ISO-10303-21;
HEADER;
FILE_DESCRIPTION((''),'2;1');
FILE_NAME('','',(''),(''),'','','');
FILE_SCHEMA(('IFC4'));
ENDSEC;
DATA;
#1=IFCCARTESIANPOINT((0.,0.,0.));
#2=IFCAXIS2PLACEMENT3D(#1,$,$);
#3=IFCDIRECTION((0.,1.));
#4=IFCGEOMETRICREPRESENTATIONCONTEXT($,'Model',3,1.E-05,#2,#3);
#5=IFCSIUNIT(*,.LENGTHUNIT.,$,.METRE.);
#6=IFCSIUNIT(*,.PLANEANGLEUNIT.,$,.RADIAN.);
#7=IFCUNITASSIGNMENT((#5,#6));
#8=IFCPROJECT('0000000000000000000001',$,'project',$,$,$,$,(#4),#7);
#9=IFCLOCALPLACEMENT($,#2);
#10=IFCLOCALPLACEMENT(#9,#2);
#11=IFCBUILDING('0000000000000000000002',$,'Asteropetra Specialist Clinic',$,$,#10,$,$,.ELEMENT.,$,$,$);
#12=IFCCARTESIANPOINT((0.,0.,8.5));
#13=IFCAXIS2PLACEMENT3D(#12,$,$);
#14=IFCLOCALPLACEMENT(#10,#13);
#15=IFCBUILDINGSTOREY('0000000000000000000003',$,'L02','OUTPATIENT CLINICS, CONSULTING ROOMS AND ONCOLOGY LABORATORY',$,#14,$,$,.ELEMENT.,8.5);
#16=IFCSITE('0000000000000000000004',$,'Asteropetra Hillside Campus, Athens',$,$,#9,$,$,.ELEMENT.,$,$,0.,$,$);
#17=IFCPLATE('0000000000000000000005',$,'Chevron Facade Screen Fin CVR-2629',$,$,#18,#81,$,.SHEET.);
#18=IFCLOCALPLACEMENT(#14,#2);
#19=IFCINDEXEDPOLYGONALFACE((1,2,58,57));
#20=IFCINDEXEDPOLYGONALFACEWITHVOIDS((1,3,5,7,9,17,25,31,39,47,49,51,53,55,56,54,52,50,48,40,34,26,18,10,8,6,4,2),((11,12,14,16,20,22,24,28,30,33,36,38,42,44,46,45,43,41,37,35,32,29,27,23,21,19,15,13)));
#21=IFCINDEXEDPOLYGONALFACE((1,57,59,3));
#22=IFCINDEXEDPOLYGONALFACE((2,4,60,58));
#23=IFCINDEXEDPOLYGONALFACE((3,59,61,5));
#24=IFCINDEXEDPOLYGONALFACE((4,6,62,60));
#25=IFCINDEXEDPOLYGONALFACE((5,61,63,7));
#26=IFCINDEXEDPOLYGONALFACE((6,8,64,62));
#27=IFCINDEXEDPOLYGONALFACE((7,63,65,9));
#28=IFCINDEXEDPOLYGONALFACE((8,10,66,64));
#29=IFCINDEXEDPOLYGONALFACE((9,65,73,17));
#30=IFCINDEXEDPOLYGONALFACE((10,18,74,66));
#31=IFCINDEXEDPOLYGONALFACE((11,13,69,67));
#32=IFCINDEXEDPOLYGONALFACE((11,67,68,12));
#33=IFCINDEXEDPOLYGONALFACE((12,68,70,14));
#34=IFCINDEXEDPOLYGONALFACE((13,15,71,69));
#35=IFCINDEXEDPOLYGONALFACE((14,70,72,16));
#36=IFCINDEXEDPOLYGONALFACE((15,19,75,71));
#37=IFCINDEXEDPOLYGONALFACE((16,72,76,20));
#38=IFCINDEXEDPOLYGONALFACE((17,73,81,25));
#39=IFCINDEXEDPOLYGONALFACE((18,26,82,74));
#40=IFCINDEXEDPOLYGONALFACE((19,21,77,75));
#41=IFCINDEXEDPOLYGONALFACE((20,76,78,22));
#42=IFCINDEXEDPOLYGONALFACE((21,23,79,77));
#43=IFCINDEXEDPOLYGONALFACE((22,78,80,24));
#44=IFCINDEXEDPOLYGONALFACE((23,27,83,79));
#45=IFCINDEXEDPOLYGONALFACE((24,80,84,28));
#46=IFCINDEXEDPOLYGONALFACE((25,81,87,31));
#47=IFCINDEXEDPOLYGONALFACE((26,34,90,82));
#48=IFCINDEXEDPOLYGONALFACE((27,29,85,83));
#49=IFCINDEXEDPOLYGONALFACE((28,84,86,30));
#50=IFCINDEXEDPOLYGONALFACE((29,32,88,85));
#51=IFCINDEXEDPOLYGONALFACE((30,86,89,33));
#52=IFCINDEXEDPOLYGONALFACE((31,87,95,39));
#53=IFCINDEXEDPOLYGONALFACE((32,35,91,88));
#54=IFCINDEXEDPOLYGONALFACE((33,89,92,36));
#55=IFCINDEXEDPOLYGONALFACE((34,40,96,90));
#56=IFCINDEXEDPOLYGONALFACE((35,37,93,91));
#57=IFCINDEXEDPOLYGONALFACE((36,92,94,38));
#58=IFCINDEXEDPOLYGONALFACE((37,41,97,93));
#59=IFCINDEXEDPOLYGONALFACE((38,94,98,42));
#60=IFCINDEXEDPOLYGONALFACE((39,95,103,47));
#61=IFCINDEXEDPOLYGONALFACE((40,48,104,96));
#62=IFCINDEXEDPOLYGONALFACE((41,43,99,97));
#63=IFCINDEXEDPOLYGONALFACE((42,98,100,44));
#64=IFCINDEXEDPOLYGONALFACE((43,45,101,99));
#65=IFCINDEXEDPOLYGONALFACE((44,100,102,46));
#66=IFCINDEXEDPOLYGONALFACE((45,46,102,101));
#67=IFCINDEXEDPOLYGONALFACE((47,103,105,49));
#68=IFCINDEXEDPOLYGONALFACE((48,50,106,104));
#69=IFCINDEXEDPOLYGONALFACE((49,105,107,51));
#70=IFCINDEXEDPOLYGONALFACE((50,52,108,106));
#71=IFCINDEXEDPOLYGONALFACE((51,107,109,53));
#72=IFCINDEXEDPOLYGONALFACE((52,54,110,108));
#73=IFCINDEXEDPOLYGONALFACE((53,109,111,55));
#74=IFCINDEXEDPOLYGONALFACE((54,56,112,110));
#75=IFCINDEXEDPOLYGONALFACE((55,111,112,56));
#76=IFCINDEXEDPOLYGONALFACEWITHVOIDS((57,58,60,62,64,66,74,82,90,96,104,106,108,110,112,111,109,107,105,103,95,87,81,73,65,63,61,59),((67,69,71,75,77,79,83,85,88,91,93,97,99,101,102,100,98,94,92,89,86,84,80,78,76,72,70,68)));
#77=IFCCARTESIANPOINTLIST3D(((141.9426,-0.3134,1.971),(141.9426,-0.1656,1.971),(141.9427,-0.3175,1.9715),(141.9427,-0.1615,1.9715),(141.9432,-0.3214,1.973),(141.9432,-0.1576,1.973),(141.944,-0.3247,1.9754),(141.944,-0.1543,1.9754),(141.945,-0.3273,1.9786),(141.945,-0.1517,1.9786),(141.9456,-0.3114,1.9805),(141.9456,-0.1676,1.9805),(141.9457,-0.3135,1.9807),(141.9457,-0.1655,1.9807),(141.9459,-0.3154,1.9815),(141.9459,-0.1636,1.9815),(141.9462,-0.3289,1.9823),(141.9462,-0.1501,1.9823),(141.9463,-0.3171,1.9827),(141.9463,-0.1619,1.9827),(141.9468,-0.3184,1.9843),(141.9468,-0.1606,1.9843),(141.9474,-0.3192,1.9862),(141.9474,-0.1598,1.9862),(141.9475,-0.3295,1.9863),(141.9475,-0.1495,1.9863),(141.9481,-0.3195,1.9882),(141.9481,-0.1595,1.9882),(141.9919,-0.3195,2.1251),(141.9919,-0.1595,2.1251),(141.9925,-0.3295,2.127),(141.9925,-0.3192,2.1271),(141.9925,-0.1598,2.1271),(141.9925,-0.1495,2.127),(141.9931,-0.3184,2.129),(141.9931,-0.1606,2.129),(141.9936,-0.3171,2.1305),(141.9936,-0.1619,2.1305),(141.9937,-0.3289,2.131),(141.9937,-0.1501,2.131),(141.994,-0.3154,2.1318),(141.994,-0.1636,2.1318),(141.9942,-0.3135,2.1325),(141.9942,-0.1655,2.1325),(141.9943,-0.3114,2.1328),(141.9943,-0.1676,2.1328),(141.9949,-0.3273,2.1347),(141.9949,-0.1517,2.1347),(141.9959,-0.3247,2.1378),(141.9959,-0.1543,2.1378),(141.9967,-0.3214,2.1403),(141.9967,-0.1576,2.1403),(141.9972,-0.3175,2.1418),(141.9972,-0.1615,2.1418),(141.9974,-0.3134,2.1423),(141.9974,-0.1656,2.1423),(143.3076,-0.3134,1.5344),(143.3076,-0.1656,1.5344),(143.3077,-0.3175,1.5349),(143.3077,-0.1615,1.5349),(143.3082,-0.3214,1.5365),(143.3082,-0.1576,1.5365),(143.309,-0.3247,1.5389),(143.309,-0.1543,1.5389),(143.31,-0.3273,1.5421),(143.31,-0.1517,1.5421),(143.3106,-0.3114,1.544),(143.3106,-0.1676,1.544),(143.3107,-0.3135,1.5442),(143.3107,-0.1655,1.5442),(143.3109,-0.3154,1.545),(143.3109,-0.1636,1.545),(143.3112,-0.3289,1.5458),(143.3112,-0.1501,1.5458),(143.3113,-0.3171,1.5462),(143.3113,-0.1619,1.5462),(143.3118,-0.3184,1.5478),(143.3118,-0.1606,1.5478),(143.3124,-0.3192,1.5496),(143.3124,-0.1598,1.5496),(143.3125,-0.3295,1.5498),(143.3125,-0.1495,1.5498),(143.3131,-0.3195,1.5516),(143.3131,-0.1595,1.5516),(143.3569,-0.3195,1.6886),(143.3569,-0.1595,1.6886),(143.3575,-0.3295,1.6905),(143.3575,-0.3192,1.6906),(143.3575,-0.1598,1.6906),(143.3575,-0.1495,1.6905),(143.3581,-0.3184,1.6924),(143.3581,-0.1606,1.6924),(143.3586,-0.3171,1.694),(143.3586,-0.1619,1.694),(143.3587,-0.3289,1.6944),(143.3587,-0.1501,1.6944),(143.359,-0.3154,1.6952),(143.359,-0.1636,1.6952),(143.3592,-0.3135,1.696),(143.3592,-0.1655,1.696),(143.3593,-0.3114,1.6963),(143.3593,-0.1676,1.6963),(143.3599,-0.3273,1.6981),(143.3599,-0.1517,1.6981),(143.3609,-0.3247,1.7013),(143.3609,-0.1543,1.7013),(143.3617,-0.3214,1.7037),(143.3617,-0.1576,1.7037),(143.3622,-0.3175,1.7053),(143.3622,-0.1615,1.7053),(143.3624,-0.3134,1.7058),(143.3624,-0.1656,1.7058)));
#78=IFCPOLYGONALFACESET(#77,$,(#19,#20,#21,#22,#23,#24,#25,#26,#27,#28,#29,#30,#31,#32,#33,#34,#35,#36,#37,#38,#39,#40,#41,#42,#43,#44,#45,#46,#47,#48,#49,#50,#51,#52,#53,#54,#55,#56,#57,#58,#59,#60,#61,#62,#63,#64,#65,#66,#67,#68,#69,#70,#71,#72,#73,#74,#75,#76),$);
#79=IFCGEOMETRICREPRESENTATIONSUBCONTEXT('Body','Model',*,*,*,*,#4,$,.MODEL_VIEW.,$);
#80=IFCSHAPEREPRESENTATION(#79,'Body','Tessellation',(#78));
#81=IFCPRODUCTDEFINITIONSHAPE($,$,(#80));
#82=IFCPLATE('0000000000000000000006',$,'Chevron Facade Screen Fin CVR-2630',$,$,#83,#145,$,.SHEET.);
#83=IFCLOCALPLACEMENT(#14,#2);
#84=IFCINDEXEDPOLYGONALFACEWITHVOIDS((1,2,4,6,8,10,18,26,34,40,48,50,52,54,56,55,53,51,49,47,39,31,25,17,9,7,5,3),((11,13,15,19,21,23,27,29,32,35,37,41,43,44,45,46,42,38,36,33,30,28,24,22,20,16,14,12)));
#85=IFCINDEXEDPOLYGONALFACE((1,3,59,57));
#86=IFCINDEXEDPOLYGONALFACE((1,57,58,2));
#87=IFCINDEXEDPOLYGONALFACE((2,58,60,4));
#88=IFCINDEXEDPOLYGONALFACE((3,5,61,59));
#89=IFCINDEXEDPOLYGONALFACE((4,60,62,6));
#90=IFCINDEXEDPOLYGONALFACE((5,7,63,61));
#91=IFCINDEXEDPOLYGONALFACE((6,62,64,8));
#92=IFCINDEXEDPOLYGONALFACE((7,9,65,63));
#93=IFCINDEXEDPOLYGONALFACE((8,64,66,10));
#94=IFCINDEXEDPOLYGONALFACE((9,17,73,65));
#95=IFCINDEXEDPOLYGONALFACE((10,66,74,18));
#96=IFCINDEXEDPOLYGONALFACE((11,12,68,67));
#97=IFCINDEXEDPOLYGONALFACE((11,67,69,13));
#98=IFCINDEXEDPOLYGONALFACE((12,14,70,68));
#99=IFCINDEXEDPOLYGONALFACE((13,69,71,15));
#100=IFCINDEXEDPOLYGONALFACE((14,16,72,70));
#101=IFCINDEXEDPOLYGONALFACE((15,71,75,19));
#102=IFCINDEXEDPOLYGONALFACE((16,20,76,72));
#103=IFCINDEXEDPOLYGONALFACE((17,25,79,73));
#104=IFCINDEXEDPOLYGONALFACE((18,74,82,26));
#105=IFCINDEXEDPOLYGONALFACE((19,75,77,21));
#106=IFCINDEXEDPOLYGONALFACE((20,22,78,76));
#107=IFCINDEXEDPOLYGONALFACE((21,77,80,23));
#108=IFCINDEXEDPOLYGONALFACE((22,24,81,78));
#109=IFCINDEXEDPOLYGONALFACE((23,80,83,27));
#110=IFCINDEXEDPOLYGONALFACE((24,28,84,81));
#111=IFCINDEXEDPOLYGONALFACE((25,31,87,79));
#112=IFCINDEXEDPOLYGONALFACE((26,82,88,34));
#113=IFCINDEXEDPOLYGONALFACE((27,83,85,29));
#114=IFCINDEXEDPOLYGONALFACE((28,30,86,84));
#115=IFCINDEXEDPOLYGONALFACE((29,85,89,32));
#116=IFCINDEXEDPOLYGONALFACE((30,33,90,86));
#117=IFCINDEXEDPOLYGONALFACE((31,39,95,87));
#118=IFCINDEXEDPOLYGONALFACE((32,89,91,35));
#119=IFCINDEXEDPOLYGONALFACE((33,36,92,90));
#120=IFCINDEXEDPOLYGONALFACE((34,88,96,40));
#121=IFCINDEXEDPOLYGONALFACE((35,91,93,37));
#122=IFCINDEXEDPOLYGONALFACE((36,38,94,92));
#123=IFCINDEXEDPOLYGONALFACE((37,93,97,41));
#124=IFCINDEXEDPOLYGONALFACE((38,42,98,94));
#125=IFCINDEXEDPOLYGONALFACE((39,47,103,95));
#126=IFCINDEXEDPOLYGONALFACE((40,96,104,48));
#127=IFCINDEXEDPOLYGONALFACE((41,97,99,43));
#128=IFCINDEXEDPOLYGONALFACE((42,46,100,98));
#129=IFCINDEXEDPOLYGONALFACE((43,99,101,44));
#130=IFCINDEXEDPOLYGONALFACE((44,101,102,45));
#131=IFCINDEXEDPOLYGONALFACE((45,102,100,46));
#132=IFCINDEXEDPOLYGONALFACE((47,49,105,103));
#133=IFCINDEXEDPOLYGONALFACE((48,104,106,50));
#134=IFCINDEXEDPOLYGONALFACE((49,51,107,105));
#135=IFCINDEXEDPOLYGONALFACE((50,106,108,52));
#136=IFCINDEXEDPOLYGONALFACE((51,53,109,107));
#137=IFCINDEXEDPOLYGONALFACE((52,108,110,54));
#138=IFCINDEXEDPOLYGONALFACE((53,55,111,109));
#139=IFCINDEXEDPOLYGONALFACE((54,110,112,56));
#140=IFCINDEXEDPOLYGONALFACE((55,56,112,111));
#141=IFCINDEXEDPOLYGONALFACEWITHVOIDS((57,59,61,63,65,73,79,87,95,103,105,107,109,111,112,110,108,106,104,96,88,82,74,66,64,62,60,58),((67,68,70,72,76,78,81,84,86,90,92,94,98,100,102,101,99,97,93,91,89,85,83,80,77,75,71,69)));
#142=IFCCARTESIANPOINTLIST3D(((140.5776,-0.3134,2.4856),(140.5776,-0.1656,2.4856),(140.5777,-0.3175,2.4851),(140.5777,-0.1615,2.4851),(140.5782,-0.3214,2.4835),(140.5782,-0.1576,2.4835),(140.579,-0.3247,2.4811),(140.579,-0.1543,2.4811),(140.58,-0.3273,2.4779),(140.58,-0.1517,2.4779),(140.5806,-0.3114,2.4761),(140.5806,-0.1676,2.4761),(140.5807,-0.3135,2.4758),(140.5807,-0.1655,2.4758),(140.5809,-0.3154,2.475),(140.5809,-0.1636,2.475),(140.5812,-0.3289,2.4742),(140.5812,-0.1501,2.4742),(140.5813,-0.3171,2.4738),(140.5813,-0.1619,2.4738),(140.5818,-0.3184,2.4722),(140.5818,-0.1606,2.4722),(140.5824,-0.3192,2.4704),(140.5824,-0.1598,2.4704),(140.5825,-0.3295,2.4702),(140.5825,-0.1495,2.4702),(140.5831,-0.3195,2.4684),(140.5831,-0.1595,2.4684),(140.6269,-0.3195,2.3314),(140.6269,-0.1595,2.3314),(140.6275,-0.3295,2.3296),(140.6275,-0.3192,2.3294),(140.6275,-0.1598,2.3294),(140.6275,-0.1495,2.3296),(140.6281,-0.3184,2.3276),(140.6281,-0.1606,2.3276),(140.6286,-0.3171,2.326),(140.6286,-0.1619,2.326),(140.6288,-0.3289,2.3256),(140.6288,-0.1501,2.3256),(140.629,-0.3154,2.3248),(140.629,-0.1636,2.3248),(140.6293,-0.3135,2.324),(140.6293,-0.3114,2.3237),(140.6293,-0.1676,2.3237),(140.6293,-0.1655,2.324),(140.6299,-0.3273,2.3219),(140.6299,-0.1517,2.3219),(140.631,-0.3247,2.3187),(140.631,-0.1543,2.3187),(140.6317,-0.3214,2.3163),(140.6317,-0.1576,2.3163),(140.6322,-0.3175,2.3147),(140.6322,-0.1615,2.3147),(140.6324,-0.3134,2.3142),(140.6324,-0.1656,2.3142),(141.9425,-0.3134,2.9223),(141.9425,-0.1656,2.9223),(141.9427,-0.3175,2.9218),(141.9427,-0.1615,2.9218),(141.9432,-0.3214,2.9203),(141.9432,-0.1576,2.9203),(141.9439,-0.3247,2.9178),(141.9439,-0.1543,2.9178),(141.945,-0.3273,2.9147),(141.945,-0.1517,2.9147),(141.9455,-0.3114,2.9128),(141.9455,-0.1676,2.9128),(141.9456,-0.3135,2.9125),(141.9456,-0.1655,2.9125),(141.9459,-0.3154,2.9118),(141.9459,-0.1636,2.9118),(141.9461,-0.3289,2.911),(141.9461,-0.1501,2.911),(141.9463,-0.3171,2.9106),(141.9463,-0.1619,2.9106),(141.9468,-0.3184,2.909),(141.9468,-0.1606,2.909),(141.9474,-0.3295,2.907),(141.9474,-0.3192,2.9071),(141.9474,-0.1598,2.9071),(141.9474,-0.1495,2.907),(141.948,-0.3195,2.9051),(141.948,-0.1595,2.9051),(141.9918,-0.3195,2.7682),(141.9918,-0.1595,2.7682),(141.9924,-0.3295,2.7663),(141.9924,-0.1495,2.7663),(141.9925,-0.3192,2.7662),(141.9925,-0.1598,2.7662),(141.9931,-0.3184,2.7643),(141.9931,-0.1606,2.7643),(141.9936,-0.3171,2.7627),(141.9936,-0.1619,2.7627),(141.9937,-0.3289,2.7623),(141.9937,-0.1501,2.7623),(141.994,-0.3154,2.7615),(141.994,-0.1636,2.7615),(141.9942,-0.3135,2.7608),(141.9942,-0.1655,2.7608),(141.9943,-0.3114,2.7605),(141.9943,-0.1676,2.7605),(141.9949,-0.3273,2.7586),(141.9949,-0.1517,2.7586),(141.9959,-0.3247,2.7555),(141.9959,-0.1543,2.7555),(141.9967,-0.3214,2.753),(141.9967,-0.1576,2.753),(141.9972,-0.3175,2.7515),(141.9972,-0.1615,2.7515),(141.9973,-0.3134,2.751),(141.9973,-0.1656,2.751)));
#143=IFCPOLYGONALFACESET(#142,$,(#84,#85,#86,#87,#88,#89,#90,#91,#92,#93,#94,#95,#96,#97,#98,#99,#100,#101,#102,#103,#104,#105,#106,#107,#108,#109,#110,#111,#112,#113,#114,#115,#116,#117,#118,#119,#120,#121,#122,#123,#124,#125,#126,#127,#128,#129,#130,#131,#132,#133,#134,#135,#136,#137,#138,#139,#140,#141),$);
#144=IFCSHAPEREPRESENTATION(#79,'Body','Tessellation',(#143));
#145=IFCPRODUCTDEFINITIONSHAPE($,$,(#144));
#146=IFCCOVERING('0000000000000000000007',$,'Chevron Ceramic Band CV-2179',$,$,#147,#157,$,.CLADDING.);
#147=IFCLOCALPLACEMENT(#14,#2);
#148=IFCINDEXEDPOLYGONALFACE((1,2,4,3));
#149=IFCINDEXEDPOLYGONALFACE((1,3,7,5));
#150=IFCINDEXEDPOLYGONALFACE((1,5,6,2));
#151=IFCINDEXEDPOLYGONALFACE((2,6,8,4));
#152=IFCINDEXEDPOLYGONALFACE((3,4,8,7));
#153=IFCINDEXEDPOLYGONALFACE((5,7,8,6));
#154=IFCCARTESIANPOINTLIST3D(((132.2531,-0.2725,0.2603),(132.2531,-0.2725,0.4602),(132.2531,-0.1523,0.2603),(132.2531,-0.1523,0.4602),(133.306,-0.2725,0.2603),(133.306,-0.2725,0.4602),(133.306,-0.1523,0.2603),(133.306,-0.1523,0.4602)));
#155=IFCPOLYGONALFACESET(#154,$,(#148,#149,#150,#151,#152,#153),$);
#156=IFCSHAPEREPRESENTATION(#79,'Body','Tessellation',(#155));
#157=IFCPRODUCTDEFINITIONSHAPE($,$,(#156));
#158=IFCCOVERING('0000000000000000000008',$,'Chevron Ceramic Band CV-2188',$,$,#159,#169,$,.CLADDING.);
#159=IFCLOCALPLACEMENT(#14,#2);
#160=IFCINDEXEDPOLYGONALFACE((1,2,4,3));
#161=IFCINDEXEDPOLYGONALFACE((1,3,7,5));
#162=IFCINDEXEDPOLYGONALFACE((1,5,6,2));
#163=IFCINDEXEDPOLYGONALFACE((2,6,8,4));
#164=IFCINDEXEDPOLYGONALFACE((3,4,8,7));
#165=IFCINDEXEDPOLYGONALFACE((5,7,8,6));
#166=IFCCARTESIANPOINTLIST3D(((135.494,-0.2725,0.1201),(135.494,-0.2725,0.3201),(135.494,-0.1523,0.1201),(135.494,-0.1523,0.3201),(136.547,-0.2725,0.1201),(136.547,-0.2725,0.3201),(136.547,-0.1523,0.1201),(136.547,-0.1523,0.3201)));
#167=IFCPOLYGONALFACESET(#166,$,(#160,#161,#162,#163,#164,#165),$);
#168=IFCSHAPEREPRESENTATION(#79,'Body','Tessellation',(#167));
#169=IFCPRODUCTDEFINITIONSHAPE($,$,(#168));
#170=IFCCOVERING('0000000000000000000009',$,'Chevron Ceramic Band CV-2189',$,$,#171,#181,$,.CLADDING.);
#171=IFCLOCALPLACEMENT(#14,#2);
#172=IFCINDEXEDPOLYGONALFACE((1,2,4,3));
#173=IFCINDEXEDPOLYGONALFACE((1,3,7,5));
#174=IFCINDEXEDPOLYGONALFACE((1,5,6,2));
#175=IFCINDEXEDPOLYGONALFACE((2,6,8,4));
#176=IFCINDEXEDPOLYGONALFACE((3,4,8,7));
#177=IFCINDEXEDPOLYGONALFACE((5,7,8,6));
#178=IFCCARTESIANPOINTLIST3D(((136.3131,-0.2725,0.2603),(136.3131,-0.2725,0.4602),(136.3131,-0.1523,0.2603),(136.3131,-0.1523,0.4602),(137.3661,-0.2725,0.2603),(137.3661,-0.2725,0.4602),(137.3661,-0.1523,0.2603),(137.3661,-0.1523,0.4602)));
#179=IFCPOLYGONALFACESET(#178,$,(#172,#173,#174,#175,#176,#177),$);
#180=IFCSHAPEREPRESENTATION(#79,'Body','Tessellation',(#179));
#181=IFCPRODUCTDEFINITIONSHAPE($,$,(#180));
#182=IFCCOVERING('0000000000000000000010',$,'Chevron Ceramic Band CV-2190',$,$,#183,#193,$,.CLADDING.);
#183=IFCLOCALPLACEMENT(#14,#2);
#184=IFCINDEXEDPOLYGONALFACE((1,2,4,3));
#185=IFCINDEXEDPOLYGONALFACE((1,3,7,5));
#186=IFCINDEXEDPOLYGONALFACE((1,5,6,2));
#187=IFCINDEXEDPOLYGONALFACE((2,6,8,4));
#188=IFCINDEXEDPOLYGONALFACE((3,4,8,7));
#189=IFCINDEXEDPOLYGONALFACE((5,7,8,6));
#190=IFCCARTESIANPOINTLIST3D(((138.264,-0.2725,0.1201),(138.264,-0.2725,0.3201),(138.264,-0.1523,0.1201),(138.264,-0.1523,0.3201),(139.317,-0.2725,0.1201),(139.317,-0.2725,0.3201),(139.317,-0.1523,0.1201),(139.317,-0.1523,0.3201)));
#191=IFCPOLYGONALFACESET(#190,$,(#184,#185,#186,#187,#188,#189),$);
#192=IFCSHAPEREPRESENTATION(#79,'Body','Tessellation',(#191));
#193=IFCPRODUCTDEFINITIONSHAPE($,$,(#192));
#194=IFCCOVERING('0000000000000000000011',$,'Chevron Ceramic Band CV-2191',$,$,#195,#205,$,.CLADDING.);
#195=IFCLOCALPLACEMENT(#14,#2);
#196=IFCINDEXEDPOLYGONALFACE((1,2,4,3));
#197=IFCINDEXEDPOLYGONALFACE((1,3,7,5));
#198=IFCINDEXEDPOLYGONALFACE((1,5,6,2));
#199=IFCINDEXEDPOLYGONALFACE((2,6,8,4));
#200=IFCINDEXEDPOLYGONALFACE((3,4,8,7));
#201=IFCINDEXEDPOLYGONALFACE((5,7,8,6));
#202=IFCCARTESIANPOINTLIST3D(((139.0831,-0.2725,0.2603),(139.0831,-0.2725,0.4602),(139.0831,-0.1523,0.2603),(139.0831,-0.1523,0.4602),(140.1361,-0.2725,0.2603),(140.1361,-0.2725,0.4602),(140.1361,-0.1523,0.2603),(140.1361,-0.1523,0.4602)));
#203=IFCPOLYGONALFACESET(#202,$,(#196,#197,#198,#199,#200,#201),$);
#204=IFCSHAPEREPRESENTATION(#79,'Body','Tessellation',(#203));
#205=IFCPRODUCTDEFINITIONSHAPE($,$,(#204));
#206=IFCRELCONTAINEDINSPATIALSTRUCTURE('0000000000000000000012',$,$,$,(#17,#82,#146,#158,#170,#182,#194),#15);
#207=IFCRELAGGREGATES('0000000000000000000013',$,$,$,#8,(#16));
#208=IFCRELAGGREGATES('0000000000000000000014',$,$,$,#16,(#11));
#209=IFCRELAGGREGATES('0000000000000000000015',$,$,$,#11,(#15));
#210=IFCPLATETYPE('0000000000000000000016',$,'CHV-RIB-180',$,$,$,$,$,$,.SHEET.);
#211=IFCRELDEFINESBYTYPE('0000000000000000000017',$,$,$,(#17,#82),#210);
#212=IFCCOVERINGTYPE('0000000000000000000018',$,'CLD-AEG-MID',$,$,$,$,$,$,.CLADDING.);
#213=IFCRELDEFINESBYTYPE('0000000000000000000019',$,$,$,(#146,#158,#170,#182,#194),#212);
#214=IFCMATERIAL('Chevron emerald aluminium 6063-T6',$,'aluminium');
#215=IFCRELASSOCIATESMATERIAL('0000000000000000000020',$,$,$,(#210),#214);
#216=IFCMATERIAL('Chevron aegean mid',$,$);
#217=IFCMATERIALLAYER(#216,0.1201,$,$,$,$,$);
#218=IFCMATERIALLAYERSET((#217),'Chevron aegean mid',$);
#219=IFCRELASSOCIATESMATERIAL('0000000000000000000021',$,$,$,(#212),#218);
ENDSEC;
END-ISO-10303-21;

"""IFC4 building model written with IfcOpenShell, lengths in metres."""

from ifc_helpers import new_model, si_unit, direction, frame, origin, origin_2d, place, context, subcontext, project, spatial, rectangle, hollow_rectangle, extrude, material, layer, layer_set, material_profile, profile_set, type_object, element, save


model = new_model("IFC4")

# Units and contexts
model_context = context("Model", 3, precision=1e-05, world=origin(), true_north=direction((0.0, 1.0)))
body_context = subcontext(model_context, "Body", "Model", "MODEL_VIEW")
ifc_project = project(units=[si_unit("LENGTHUNIT", "METRE"), si_unit("PLANEANGLEUNIT", "RADIAN")], contexts=[model_context])

# Site, building, storey
site_placement = place(None, origin())
site = spatial("IfcSite", under=ifc_project, at=site_placement, Name="Asteropetra Hillside Campus, Athens", CompositionType="ELEMENT", RefElevation=0.0)
building_placement = place(site_placement, origin())
building = spatial("IfcBuilding", under=site, at=building_placement, Name="Asteropetra Specialist Clinic", CompositionType="ELEMENT")
storey_placement = place(building_placement, frame((0.0, 0.0, 8.5)))
storey = spatial("IfcBuildingStorey", under=building, at=storey_placement, Name="L02", Description="OUTPATIENT CLINICS, CONSULTING ROOMS AND ONCOLOGY LABORATORY", CompositionType="ELEMENT", Elevation=8.5)

# Plates
ifc_material_1 = material(Name="Chevron emerald aluminium 6063-T6", Category="aluminium")
ifc_material_profile = material_profile(ifc_material_1, hollow_rectangle(XDim=0.1799, YDim=0.1799, WallThickness=0.01, InnerFilletRadius=0.0081, OuterFilletRadius=0.0161, at=origin_2d()), Name="SHS 180x180x10.0")
ifc_profile_set = profile_set([ifc_material_profile], Name="Chevron emerald aluminium 6063-T6")
plate_type = type_object("IfcPlateType", Name="CHV-RIB-180", PredefinedType="SHEET", material=ifc_profile_set)
for number, where, z_axis, x_axis, name in (
    (1, (141.97, -0.2395, 2.0566), (0.95248, 0.0, -0.304603), (0.0, 1.0, 0.0), "Chevron Facade Screen Fin CVR-2629"),
    (2, (140.605, -0.2395, 2.3999), (0.95243, 0.0, 0.304757), (0.0, 1.0, 0.0), "Chevron Facade Screen Fin CVR-2630"),
):
    element("IfcPlate", number, at=place(storey_placement, frame(where, z_axis=z_axis, x_axis=x_axis)), inside=storey, type_object=plate_type, Name=name, PredefinedType="SHEET", context=body_context, shape_type="SweptSolid", body=[
        extrude(hollow_rectangle(XDim=0.1799, YDim=0.1799, WallThickness=0.01, InnerFilletRadius=0.0081, OuterFilletRadius=0.0161, at=origin_2d()), origin(), (0.0, 0.0, 1.0), 1.4331),
    ])

# Coverings
ifc_material_2 = material(Name="Chevron aegean mid")
ifc_layer_1 = layer(ifc_material_2, 0.1201)
ifc_layer_set_1 = layer_set([ifc_layer_1], Name="Chevron aegean mid")
covering_type_1 = type_object("IfcCoveringType", Name="CLD-AEG-MID", PredefinedType="CLADDING", material=ifc_layer_set_1)
for number, where, z_axis, x_axis, name in (
    (3, (132.7795, -0.2124, 0.2603), (0.0, 0.0, 1.0), (1.0, 0.0, 0.0), "Chevron Ceramic Band CV-2179"),
    (4, (136.0205, -0.2124, 0.1201), (0.0, 0.0, 1.0), (1.0, 0.0, 0.0), "Chevron Ceramic Band CV-2188"),
    (5, (136.8396, -0.2124, 0.2603), (0.0, 0.0, 1.0), (1.0, 0.0, 0.0), "Chevron Ceramic Band CV-2189"),
    (6, (138.7905, -0.2124, 0.1201), (0.0, 0.0, 1.0), (1.0, 0.0, 0.0), "Chevron Ceramic Band CV-2190"),
    (7, (139.6096, -0.2124, 0.2603), (0.0, 0.0, 1.0), (1.0, 0.0, 0.0), "Chevron Ceramic Band CV-2191"),
):
    element("IfcCovering", number, at=place(storey_placement, frame(where, z_axis=z_axis, x_axis=x_axis)), inside=storey, type_object=covering_type_1, Name=name, PredefinedType="CLADDING", context=body_context, shape_type="SweptSolid", body=[
        extrude(rectangle(XDim=1.053, YDim=0.1201, at=origin_2d()), origin(), (0.0, 0.0, 1.0), 0.2),
    ])

save(model, "model.ifc")
